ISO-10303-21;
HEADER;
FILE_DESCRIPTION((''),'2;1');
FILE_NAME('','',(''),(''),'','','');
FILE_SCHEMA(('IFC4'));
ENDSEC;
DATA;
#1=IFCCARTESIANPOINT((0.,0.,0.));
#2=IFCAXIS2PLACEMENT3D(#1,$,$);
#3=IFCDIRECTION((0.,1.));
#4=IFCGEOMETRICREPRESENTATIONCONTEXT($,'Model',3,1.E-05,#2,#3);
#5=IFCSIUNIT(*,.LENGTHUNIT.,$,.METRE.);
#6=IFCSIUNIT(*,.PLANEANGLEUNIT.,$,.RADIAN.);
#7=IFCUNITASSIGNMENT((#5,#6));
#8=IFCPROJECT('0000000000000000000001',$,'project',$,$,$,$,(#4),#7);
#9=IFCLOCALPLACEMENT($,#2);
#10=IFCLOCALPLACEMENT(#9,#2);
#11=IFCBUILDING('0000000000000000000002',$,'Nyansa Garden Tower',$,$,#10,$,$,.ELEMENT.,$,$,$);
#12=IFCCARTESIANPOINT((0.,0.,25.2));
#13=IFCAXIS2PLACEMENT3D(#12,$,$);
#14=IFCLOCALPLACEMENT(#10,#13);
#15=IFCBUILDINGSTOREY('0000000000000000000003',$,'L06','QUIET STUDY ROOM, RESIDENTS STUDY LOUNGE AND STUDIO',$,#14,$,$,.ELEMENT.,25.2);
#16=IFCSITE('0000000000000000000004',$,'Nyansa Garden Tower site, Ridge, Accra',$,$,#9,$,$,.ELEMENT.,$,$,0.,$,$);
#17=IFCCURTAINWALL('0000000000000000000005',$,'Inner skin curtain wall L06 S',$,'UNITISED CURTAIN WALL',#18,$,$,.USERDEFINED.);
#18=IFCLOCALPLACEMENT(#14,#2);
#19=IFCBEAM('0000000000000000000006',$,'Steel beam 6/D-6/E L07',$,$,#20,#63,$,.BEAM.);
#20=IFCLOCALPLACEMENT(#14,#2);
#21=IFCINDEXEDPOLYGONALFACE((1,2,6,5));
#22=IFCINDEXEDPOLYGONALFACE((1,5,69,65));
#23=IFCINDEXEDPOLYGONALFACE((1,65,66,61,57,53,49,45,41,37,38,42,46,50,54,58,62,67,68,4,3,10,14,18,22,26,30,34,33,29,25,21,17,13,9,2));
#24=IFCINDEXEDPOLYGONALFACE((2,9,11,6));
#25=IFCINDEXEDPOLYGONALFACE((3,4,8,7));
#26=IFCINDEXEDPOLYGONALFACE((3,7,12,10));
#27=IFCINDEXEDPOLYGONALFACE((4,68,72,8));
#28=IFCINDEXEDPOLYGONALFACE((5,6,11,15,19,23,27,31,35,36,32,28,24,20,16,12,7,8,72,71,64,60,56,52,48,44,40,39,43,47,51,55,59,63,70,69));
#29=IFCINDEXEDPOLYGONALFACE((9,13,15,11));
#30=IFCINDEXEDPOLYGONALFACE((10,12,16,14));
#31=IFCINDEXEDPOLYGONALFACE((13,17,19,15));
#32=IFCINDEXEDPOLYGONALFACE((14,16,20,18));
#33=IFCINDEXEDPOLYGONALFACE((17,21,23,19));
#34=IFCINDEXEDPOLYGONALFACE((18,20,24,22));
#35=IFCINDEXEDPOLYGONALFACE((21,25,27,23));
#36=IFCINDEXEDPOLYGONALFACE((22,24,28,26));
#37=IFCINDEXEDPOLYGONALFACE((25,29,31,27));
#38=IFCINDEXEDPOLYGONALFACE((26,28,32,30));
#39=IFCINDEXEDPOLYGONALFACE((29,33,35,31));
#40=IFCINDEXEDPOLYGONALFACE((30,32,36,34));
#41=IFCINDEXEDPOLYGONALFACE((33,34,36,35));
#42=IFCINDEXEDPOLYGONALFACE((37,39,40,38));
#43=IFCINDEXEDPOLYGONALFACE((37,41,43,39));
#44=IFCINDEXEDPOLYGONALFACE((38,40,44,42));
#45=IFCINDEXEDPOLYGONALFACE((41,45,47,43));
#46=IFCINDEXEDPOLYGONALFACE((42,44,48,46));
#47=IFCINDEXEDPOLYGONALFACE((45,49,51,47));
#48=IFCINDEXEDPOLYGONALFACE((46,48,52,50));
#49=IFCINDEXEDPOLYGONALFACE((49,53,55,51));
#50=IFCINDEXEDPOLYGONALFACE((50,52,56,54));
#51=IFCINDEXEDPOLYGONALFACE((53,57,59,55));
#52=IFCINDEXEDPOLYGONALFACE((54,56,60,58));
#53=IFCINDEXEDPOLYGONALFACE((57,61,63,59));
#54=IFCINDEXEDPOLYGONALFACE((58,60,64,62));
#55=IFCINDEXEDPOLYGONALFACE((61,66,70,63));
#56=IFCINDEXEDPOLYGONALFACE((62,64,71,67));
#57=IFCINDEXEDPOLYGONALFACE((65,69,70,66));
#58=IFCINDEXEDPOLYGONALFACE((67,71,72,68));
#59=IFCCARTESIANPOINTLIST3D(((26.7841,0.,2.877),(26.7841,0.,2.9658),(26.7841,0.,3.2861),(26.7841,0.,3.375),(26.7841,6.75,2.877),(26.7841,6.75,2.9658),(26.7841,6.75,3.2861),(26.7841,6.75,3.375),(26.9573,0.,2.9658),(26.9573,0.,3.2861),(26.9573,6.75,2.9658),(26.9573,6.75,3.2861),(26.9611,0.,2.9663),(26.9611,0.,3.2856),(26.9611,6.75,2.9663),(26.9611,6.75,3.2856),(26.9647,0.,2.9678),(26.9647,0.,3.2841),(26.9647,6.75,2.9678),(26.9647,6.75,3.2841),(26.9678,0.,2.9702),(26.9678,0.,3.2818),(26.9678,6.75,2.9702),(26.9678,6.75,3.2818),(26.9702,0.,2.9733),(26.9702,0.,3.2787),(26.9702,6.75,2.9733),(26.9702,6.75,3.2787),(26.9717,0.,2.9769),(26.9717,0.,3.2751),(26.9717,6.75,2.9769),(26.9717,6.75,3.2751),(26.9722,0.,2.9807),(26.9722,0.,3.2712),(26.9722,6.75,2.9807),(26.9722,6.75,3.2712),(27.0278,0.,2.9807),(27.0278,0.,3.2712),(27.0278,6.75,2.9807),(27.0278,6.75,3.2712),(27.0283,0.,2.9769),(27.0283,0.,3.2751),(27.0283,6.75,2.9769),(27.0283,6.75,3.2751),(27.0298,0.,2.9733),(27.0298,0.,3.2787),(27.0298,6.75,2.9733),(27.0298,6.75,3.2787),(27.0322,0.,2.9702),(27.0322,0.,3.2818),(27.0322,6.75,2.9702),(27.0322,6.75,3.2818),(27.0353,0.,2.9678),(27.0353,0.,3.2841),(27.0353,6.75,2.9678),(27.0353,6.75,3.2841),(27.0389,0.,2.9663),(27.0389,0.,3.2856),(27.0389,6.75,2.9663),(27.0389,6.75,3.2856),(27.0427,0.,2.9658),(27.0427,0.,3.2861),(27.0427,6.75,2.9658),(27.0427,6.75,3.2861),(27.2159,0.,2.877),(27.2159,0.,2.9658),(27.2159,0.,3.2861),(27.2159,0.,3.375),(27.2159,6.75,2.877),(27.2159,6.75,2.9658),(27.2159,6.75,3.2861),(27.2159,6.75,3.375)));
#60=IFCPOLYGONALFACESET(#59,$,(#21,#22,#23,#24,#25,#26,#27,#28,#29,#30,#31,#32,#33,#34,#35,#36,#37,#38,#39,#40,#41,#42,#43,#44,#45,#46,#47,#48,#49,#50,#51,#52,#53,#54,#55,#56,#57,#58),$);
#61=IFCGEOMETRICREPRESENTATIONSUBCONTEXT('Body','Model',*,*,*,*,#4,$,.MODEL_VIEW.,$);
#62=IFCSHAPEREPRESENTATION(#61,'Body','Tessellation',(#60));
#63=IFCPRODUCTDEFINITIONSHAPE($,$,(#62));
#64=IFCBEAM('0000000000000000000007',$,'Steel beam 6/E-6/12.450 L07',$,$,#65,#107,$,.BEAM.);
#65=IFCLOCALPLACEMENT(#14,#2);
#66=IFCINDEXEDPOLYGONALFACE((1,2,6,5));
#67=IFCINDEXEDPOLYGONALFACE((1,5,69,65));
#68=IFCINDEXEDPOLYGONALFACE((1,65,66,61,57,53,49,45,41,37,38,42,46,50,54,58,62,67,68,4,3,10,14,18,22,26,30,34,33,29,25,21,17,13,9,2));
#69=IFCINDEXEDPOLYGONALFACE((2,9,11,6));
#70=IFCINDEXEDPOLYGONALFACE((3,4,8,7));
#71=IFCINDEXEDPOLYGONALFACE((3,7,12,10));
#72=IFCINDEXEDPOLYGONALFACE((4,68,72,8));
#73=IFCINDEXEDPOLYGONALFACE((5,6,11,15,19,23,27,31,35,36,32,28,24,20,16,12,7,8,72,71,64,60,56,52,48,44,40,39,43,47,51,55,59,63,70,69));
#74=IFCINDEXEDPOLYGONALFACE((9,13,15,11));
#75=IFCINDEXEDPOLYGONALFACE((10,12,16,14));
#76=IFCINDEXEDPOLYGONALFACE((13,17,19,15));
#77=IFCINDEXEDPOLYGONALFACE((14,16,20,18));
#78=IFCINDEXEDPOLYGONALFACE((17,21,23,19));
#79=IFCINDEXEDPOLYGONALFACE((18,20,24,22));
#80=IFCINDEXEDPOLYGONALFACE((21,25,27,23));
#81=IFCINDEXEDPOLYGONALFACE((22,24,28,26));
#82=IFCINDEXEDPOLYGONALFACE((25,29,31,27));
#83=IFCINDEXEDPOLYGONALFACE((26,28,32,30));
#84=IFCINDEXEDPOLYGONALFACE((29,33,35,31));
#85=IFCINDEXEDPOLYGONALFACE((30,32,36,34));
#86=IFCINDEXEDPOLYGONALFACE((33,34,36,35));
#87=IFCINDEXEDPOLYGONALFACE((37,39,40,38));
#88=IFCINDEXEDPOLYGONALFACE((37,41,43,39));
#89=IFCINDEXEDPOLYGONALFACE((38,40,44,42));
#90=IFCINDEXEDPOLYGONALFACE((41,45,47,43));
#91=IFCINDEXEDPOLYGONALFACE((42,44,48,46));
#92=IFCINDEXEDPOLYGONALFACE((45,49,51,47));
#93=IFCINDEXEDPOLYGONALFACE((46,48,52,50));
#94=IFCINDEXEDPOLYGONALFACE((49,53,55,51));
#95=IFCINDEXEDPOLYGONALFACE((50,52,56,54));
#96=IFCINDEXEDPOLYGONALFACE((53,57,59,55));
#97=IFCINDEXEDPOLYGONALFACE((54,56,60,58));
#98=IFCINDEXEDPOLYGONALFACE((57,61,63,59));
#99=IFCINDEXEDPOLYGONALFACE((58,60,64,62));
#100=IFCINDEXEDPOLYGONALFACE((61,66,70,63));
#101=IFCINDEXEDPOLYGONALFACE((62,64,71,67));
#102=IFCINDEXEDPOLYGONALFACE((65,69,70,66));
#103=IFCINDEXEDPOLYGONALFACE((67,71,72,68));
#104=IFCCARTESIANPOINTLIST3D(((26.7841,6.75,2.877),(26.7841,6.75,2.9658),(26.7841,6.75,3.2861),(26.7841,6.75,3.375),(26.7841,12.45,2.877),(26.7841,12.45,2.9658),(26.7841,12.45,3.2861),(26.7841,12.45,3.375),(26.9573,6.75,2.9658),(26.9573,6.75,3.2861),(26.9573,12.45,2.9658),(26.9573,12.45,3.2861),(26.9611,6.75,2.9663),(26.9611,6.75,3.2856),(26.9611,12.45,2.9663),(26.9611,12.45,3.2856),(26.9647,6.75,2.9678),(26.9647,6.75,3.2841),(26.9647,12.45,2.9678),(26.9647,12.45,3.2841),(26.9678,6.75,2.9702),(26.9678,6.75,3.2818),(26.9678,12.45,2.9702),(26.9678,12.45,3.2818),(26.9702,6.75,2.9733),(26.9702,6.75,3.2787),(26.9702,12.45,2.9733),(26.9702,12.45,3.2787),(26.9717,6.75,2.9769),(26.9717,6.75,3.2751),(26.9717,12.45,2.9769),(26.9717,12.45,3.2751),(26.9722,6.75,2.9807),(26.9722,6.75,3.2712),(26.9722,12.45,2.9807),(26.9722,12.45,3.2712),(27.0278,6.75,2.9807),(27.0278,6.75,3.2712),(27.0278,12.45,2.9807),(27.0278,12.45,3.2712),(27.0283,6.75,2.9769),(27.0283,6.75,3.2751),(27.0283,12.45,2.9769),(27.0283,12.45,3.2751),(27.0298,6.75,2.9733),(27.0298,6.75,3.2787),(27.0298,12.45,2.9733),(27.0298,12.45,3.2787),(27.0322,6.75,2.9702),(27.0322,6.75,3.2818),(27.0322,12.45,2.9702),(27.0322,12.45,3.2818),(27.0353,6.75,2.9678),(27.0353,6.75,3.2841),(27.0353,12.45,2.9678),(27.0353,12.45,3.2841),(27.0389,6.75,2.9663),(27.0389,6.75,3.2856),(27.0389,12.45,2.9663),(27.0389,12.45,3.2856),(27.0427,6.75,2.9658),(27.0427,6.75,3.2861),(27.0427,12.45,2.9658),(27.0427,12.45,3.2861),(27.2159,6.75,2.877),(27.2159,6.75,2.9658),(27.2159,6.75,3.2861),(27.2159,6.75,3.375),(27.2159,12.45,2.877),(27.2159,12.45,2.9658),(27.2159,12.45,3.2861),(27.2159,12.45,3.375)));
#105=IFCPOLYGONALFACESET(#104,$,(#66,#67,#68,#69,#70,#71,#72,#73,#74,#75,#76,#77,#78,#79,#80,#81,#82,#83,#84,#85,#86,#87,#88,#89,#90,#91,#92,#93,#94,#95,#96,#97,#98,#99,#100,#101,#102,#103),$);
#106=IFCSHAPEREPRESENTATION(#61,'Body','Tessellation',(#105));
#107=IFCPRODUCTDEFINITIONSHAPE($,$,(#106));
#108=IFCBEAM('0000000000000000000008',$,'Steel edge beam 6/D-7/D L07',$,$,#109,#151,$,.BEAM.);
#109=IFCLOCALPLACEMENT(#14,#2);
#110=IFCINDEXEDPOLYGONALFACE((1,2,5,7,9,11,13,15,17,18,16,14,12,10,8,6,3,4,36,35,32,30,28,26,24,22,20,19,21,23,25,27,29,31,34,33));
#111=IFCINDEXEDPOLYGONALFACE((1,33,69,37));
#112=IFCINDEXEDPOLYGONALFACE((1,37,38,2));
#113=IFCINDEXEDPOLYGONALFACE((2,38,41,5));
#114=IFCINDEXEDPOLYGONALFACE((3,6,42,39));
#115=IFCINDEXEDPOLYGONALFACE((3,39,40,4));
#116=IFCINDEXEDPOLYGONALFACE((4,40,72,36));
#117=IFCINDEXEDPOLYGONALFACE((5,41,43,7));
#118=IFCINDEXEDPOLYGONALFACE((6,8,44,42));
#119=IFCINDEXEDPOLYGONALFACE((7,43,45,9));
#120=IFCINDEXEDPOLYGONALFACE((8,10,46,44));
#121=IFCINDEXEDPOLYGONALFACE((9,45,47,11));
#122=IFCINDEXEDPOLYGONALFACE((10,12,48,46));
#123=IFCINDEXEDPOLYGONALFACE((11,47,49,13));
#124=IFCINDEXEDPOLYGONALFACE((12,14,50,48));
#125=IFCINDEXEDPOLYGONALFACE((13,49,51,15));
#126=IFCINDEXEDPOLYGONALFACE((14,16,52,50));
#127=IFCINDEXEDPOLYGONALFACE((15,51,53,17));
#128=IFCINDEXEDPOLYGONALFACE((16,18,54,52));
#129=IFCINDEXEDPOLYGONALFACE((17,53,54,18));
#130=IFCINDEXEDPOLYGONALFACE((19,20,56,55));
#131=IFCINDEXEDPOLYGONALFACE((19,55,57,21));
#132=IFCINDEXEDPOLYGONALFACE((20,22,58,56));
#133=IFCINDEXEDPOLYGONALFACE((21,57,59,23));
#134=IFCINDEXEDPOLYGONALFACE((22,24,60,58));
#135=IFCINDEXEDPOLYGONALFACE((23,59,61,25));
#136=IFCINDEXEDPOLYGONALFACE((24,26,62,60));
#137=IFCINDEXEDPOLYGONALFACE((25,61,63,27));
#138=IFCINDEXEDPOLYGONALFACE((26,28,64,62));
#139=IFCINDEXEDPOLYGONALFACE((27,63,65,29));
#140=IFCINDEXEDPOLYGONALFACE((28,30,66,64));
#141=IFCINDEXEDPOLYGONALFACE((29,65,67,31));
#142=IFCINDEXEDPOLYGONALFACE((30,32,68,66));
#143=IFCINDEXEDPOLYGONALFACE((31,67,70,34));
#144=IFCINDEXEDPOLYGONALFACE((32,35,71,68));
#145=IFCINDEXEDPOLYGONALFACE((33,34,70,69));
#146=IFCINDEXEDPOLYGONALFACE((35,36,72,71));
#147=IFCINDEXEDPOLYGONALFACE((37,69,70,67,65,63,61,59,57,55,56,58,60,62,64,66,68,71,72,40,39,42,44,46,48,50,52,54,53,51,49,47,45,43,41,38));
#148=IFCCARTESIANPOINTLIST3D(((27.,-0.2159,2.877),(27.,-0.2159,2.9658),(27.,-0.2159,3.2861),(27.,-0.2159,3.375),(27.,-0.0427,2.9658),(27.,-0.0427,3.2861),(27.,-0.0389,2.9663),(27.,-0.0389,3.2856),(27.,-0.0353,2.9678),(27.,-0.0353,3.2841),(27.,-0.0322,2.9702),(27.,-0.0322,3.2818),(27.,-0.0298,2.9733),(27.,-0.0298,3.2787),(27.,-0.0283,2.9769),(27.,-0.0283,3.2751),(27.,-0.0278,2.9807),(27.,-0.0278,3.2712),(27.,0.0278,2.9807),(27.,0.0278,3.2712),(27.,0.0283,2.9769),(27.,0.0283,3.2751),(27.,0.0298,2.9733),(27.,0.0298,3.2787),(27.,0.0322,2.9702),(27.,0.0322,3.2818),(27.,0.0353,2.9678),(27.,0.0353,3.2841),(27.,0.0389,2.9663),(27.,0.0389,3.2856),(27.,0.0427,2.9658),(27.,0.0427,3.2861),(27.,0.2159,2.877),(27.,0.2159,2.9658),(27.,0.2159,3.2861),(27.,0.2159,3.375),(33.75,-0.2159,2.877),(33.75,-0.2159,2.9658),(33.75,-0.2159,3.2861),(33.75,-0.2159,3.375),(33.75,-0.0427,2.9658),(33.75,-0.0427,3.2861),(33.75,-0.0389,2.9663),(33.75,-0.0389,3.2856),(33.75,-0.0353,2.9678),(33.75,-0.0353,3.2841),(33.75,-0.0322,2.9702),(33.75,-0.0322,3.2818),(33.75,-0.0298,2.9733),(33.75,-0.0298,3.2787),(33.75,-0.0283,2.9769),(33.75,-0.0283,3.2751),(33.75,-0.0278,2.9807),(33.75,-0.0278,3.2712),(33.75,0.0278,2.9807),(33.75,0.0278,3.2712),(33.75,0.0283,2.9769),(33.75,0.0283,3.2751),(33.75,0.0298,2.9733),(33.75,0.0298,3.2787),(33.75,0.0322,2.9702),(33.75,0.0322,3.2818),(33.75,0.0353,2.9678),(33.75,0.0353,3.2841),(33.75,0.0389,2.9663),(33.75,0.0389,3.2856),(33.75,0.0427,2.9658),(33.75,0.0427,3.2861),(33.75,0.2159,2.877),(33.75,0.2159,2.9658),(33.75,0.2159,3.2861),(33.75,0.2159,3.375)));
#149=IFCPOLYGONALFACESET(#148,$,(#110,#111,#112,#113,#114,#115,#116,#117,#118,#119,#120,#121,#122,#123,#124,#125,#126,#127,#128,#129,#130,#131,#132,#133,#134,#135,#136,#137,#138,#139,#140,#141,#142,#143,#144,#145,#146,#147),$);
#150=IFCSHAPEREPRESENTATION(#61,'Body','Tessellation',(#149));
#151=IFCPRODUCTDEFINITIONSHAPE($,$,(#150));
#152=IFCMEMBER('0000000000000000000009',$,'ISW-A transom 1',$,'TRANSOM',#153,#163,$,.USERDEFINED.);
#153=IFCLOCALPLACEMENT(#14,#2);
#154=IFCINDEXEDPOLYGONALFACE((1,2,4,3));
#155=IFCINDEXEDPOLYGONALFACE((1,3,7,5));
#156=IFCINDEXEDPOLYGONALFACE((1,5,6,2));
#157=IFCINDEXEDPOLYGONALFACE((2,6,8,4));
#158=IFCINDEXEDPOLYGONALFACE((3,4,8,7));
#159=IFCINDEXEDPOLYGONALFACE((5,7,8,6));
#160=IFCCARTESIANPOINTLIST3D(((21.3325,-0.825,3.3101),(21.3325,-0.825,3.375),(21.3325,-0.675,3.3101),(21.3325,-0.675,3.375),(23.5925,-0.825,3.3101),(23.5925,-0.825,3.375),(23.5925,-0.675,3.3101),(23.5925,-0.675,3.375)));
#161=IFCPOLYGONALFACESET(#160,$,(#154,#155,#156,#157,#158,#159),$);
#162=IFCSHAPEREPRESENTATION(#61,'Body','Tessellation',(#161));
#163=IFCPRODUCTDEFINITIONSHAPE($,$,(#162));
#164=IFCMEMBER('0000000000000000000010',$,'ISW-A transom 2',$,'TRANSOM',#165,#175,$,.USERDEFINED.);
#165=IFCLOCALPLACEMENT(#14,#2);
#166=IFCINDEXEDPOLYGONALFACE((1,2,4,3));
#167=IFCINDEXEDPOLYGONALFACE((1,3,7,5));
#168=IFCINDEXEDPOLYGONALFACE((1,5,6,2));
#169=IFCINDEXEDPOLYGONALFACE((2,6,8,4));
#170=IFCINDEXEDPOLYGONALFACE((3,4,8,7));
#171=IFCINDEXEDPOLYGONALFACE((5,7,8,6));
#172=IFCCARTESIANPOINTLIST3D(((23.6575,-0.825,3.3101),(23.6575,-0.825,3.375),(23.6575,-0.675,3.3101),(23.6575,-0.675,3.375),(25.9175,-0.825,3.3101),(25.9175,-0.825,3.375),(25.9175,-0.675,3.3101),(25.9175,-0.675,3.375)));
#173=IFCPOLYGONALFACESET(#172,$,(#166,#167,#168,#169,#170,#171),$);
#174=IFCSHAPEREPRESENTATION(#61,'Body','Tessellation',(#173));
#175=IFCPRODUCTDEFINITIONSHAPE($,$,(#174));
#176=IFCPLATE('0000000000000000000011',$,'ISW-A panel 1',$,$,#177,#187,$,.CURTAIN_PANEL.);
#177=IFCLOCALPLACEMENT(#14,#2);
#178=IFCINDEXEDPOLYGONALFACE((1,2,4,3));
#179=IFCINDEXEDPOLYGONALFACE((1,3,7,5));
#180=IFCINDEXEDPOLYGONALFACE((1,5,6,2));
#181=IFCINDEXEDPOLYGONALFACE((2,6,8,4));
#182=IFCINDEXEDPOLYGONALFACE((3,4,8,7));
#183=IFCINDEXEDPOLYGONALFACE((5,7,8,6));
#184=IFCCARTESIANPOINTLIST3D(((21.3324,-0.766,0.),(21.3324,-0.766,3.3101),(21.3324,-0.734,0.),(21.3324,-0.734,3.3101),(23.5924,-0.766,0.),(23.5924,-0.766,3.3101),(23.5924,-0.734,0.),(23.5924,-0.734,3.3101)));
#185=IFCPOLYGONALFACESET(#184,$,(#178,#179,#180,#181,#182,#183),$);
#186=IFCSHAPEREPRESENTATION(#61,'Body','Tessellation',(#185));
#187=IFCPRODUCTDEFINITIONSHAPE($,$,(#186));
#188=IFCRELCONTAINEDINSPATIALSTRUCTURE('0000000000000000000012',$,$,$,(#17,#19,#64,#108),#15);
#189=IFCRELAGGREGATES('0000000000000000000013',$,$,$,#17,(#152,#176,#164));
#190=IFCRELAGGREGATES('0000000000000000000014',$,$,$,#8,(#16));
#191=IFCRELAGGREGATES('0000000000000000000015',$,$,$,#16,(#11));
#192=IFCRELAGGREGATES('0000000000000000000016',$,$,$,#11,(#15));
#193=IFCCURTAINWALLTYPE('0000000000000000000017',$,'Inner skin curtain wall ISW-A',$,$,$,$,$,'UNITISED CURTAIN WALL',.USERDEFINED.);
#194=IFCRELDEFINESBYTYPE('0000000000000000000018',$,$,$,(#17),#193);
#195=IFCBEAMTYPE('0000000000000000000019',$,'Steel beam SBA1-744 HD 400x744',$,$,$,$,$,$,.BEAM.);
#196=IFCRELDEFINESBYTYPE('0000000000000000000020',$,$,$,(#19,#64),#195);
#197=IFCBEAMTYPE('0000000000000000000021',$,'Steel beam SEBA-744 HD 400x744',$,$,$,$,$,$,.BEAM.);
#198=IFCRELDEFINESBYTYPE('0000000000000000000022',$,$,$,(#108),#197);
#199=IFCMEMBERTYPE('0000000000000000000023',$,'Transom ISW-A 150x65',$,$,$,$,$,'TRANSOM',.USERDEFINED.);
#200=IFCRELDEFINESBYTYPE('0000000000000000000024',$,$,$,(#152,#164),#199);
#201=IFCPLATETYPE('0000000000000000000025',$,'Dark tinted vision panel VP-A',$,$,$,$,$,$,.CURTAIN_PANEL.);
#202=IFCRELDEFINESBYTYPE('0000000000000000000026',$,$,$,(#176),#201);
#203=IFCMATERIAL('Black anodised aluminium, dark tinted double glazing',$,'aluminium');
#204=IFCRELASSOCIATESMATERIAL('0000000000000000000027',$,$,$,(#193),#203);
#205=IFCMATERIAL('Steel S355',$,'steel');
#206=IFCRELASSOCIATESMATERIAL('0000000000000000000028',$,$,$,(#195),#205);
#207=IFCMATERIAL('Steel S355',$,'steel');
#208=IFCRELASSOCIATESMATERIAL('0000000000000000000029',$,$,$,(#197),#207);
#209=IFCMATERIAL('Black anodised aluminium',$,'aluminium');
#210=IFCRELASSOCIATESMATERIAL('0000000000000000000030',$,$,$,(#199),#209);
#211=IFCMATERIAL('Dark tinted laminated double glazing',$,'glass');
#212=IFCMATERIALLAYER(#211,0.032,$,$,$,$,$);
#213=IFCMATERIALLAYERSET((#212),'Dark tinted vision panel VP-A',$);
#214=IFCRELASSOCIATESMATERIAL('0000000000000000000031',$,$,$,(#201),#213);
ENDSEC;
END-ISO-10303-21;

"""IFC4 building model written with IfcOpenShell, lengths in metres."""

from ifc_helpers import new_model, si_unit, direction, frame, origin, origin_2d, place, context, subcontext, project, spatial, rectangle, i_section, extrude, material, layer, layer_set, material_profile, profile_set, type_object, element, aggregate, save


model = new_model("IFC4")

# Units and contexts
model_context = context("Model", 3, precision=1e-05, world=origin(), true_north=direction((0.0, 1.0)))
body_context = subcontext(model_context, "Body", "Model", "MODEL_VIEW")
ifc_project = project(units=[si_unit("LENGTHUNIT", "METRE"), si_unit("PLANEANGLEUNIT", "RADIAN")], contexts=[model_context])

# Site, building, storey
site_placement = place(None, origin())
site = spatial("IfcSite", under=ifc_project, at=site_placement, Name="Nyansa Garden Tower site, Ridge, Accra", CompositionType="ELEMENT", RefElevation=0.0)
building_placement = place(site_placement, origin())
building = spatial("IfcBuilding", under=site, at=building_placement, Name="Nyansa Garden Tower", CompositionType="ELEMENT")
storey_placement = place(building_placement, frame((0.0, 0.0, 25.2)))
storey = spatial("IfcBuildingStorey", under=building, at=storey_placement, Name="L06", Description="QUIET STUDY ROOM, RESIDENTS STUDY LOUNGE AND STUDIO", CompositionType="ELEMENT", Elevation=25.2)

# Curtain wall
ifc_material_1 = material(Name="Black anodised aluminium, dark tinted double glazing", Category="aluminium")
curtain_wall_type = type_object("IfcCurtainWallType", Name="Inner skin curtain wall ISW-A", ElementType="UNITISED CURTAIN WALL", PredefinedType="USERDEFINED", material=ifc_material_1)
curtain_wall_placement = place(storey_placement, origin())
curtain_wall = element("IfcCurtainWall", 1, at=curtain_wall_placement, inside=storey, type_object=curtain_wall_type, Name="Inner skin curtain wall L06 S", ObjectType="UNITISED CURTAIN WALL", PredefinedType="USERDEFINED")

# Beams
ifc_material_2 = material(Name="Steel S355", Category="steel")
ifc_material_profile_1 = material_profile(ifc_material_2, i_section(OverallWidth=0.4319, OverallDepth=0.498, WebThickness=0.0557, FlangeThickness=0.0889, FilletRadius=0.0149, at=origin_2d()), Name="HD 400x744")
ifc_profile_set_1 = profile_set([ifc_material_profile_1], Name="Steel S355")
beam_type_1 = type_object("IfcBeamType", Name="Steel beam SBA1-744 HD 400x744", PredefinedType="BEAM", material=ifc_profile_set_1)
beam_1_placement = place(storey_placement, frame((27.0, 0.0, 3.126), z_axis=(0.0, 1.0, 0.0), x_axis=(-1.0, 0.0, 0.0)))
element("IfcBeam", 2, at=beam_1_placement, inside=storey, type_object=beam_type_1, Name="Steel beam 6/D-6/E L07", PredefinedType="BEAM", context=body_context, shape_type="SweptSolid", body=[
    extrude(i_section(OverallWidth=0.4319, OverallDepth=0.498, WebThickness=0.0557, FlangeThickness=0.0889, FilletRadius=0.0149, at=origin_2d()), origin(), (0.0, 0.0, 1.0), 6.75),
])
beam_2_placement = place(storey_placement, frame((27.0, 6.75, 3.126), z_axis=(0.0, 1.0, 0.0), x_axis=(-1.0, 0.0, 0.0)))
element("IfcBeam", 3, at=beam_2_placement, inside=storey, type_object=beam_type_1, Name="Steel beam 6/E-6/12.450 L07", PredefinedType="BEAM", context=body_context, shape_type="SweptSolid", body=[
    extrude(i_section(OverallWidth=0.4319, OverallDepth=0.498, WebThickness=0.0557, FlangeThickness=0.0889, FilletRadius=0.0149, at=origin_2d()), origin(), (0.0, 0.0, 1.0), 5.7),
])
ifc_material_3 = material(Name="Steel S355", Category="steel")
ifc_material_profile_2 = material_profile(ifc_material_3, i_section(OverallWidth=0.4319, OverallDepth=0.498, WebThickness=0.0557, FlangeThickness=0.0889, FilletRadius=0.0149, at=origin_2d()), Name="HD 400x744")
ifc_profile_set_2 = profile_set([ifc_material_profile_2], Name="Steel S355")
beam_type_2 = type_object("IfcBeamType", Name="Steel beam SEBA-744 HD 400x744", PredefinedType="BEAM", material=ifc_profile_set_2)
beam_3_placement = place(storey_placement, frame((27.0, 0.0, 3.126), z_axis=(1.0, 0.0, 0.0), x_axis=(0.0, 1.0, 0.0)))
element("IfcBeam", 4, at=beam_3_placement, inside=storey, type_object=beam_type_2, Name="Steel edge beam 6/D-7/D L07", PredefinedType="BEAM", context=body_context, shape_type="SweptSolid", body=[
    extrude(i_section(OverallWidth=0.4319, OverallDepth=0.498, WebThickness=0.0557, FlangeThickness=0.0889, FilletRadius=0.0149, at=origin_2d()), origin(), (0.0, 0.0, 1.0), 6.75),
])

# Members
ifc_material_4 = material(Name="Black anodised aluminium", Category="aluminium")
ifc_material_profile_3 = material_profile(ifc_material_4, rectangle(XDim=0.1499, YDim=0.0649, at=origin_2d()), Name="Transom 150x65")
ifc_profile_set_3 = profile_set([ifc_material_profile_3], Name="Black anodised aluminium")
member_type_1 = type_object("IfcMemberType", Name="Transom ISW-A 150x65", ElementType="TRANSOM", PredefinedType="USERDEFINED", material=ifc_profile_set_3)
member_1_placement = place(storey_placement, frame((21.3325, -0.75, 3.3425), z_axis=(1.0, 0.0, 0.0), x_axis=(0.0, 1.0, 0.0)))
member_1 = element("IfcMember", 5, at=member_1_placement, type_object=member_type_1, Name="ISW-A transom 1", ObjectType="TRANSOM", PredefinedType="USERDEFINED", context=body_context, shape_type="SweptSolid", body=[
    extrude(rectangle(XDim=0.1499, YDim=0.0649, at=origin_2d()), origin(), (0.0, 0.0, 1.0), 2.26),
])
member_2_placement = place(storey_placement, frame((23.6575, -0.75, 3.3425), z_axis=(1.0, 0.0, 0.0), x_axis=(0.0, 1.0, 0.0)))
member_2 = element("IfcMember", 6, at=member_2_placement, type_object=member_type_1, Name="ISW-A transom 2", ObjectType="TRANSOM", PredefinedType="USERDEFINED", context=body_context, shape_type="SweptSolid", body=[
    extrude(rectangle(XDim=0.1499, YDim=0.0649, at=origin_2d()), origin(), (0.0, 0.0, 1.0), 2.26),
])

# Plate
ifc_material_5 = material(Name="Dark tinted laminated double glazing", Category="glass")
ifc_layer_1 = layer(ifc_material_5, 0.032)
ifc_layer_set_1 = layer_set([ifc_layer_1], Name="Dark tinted vision panel VP-A")
plate_type_1 = type_object("IfcPlateType", Name="Dark tinted vision panel VP-A", PredefinedType="CURTAIN_PANEL", material=ifc_layer_set_1)
plate_1_placement = place(storey_placement, frame((22.4624, -0.75, 0.0), z_axis=(0.0, 0.0, 1.0), x_axis=(1.0, 0.0, 0.0)))
plate_1 = element("IfcPlate", 7, at=plate_1_placement, type_object=plate_type_1, Name="ISW-A panel 1", PredefinedType="CURTAIN_PANEL", context=body_context, shape_type="SweptSolid", body=[
    extrude(rectangle(XDim=2.26, YDim=0.032, at=origin_2d()), origin(), (0.0, 0.0, 1.0), 3.3101),
])
aggregate(curtain_wall, [member_1, plate_1, member_2])

save(model, "model.ifc")
